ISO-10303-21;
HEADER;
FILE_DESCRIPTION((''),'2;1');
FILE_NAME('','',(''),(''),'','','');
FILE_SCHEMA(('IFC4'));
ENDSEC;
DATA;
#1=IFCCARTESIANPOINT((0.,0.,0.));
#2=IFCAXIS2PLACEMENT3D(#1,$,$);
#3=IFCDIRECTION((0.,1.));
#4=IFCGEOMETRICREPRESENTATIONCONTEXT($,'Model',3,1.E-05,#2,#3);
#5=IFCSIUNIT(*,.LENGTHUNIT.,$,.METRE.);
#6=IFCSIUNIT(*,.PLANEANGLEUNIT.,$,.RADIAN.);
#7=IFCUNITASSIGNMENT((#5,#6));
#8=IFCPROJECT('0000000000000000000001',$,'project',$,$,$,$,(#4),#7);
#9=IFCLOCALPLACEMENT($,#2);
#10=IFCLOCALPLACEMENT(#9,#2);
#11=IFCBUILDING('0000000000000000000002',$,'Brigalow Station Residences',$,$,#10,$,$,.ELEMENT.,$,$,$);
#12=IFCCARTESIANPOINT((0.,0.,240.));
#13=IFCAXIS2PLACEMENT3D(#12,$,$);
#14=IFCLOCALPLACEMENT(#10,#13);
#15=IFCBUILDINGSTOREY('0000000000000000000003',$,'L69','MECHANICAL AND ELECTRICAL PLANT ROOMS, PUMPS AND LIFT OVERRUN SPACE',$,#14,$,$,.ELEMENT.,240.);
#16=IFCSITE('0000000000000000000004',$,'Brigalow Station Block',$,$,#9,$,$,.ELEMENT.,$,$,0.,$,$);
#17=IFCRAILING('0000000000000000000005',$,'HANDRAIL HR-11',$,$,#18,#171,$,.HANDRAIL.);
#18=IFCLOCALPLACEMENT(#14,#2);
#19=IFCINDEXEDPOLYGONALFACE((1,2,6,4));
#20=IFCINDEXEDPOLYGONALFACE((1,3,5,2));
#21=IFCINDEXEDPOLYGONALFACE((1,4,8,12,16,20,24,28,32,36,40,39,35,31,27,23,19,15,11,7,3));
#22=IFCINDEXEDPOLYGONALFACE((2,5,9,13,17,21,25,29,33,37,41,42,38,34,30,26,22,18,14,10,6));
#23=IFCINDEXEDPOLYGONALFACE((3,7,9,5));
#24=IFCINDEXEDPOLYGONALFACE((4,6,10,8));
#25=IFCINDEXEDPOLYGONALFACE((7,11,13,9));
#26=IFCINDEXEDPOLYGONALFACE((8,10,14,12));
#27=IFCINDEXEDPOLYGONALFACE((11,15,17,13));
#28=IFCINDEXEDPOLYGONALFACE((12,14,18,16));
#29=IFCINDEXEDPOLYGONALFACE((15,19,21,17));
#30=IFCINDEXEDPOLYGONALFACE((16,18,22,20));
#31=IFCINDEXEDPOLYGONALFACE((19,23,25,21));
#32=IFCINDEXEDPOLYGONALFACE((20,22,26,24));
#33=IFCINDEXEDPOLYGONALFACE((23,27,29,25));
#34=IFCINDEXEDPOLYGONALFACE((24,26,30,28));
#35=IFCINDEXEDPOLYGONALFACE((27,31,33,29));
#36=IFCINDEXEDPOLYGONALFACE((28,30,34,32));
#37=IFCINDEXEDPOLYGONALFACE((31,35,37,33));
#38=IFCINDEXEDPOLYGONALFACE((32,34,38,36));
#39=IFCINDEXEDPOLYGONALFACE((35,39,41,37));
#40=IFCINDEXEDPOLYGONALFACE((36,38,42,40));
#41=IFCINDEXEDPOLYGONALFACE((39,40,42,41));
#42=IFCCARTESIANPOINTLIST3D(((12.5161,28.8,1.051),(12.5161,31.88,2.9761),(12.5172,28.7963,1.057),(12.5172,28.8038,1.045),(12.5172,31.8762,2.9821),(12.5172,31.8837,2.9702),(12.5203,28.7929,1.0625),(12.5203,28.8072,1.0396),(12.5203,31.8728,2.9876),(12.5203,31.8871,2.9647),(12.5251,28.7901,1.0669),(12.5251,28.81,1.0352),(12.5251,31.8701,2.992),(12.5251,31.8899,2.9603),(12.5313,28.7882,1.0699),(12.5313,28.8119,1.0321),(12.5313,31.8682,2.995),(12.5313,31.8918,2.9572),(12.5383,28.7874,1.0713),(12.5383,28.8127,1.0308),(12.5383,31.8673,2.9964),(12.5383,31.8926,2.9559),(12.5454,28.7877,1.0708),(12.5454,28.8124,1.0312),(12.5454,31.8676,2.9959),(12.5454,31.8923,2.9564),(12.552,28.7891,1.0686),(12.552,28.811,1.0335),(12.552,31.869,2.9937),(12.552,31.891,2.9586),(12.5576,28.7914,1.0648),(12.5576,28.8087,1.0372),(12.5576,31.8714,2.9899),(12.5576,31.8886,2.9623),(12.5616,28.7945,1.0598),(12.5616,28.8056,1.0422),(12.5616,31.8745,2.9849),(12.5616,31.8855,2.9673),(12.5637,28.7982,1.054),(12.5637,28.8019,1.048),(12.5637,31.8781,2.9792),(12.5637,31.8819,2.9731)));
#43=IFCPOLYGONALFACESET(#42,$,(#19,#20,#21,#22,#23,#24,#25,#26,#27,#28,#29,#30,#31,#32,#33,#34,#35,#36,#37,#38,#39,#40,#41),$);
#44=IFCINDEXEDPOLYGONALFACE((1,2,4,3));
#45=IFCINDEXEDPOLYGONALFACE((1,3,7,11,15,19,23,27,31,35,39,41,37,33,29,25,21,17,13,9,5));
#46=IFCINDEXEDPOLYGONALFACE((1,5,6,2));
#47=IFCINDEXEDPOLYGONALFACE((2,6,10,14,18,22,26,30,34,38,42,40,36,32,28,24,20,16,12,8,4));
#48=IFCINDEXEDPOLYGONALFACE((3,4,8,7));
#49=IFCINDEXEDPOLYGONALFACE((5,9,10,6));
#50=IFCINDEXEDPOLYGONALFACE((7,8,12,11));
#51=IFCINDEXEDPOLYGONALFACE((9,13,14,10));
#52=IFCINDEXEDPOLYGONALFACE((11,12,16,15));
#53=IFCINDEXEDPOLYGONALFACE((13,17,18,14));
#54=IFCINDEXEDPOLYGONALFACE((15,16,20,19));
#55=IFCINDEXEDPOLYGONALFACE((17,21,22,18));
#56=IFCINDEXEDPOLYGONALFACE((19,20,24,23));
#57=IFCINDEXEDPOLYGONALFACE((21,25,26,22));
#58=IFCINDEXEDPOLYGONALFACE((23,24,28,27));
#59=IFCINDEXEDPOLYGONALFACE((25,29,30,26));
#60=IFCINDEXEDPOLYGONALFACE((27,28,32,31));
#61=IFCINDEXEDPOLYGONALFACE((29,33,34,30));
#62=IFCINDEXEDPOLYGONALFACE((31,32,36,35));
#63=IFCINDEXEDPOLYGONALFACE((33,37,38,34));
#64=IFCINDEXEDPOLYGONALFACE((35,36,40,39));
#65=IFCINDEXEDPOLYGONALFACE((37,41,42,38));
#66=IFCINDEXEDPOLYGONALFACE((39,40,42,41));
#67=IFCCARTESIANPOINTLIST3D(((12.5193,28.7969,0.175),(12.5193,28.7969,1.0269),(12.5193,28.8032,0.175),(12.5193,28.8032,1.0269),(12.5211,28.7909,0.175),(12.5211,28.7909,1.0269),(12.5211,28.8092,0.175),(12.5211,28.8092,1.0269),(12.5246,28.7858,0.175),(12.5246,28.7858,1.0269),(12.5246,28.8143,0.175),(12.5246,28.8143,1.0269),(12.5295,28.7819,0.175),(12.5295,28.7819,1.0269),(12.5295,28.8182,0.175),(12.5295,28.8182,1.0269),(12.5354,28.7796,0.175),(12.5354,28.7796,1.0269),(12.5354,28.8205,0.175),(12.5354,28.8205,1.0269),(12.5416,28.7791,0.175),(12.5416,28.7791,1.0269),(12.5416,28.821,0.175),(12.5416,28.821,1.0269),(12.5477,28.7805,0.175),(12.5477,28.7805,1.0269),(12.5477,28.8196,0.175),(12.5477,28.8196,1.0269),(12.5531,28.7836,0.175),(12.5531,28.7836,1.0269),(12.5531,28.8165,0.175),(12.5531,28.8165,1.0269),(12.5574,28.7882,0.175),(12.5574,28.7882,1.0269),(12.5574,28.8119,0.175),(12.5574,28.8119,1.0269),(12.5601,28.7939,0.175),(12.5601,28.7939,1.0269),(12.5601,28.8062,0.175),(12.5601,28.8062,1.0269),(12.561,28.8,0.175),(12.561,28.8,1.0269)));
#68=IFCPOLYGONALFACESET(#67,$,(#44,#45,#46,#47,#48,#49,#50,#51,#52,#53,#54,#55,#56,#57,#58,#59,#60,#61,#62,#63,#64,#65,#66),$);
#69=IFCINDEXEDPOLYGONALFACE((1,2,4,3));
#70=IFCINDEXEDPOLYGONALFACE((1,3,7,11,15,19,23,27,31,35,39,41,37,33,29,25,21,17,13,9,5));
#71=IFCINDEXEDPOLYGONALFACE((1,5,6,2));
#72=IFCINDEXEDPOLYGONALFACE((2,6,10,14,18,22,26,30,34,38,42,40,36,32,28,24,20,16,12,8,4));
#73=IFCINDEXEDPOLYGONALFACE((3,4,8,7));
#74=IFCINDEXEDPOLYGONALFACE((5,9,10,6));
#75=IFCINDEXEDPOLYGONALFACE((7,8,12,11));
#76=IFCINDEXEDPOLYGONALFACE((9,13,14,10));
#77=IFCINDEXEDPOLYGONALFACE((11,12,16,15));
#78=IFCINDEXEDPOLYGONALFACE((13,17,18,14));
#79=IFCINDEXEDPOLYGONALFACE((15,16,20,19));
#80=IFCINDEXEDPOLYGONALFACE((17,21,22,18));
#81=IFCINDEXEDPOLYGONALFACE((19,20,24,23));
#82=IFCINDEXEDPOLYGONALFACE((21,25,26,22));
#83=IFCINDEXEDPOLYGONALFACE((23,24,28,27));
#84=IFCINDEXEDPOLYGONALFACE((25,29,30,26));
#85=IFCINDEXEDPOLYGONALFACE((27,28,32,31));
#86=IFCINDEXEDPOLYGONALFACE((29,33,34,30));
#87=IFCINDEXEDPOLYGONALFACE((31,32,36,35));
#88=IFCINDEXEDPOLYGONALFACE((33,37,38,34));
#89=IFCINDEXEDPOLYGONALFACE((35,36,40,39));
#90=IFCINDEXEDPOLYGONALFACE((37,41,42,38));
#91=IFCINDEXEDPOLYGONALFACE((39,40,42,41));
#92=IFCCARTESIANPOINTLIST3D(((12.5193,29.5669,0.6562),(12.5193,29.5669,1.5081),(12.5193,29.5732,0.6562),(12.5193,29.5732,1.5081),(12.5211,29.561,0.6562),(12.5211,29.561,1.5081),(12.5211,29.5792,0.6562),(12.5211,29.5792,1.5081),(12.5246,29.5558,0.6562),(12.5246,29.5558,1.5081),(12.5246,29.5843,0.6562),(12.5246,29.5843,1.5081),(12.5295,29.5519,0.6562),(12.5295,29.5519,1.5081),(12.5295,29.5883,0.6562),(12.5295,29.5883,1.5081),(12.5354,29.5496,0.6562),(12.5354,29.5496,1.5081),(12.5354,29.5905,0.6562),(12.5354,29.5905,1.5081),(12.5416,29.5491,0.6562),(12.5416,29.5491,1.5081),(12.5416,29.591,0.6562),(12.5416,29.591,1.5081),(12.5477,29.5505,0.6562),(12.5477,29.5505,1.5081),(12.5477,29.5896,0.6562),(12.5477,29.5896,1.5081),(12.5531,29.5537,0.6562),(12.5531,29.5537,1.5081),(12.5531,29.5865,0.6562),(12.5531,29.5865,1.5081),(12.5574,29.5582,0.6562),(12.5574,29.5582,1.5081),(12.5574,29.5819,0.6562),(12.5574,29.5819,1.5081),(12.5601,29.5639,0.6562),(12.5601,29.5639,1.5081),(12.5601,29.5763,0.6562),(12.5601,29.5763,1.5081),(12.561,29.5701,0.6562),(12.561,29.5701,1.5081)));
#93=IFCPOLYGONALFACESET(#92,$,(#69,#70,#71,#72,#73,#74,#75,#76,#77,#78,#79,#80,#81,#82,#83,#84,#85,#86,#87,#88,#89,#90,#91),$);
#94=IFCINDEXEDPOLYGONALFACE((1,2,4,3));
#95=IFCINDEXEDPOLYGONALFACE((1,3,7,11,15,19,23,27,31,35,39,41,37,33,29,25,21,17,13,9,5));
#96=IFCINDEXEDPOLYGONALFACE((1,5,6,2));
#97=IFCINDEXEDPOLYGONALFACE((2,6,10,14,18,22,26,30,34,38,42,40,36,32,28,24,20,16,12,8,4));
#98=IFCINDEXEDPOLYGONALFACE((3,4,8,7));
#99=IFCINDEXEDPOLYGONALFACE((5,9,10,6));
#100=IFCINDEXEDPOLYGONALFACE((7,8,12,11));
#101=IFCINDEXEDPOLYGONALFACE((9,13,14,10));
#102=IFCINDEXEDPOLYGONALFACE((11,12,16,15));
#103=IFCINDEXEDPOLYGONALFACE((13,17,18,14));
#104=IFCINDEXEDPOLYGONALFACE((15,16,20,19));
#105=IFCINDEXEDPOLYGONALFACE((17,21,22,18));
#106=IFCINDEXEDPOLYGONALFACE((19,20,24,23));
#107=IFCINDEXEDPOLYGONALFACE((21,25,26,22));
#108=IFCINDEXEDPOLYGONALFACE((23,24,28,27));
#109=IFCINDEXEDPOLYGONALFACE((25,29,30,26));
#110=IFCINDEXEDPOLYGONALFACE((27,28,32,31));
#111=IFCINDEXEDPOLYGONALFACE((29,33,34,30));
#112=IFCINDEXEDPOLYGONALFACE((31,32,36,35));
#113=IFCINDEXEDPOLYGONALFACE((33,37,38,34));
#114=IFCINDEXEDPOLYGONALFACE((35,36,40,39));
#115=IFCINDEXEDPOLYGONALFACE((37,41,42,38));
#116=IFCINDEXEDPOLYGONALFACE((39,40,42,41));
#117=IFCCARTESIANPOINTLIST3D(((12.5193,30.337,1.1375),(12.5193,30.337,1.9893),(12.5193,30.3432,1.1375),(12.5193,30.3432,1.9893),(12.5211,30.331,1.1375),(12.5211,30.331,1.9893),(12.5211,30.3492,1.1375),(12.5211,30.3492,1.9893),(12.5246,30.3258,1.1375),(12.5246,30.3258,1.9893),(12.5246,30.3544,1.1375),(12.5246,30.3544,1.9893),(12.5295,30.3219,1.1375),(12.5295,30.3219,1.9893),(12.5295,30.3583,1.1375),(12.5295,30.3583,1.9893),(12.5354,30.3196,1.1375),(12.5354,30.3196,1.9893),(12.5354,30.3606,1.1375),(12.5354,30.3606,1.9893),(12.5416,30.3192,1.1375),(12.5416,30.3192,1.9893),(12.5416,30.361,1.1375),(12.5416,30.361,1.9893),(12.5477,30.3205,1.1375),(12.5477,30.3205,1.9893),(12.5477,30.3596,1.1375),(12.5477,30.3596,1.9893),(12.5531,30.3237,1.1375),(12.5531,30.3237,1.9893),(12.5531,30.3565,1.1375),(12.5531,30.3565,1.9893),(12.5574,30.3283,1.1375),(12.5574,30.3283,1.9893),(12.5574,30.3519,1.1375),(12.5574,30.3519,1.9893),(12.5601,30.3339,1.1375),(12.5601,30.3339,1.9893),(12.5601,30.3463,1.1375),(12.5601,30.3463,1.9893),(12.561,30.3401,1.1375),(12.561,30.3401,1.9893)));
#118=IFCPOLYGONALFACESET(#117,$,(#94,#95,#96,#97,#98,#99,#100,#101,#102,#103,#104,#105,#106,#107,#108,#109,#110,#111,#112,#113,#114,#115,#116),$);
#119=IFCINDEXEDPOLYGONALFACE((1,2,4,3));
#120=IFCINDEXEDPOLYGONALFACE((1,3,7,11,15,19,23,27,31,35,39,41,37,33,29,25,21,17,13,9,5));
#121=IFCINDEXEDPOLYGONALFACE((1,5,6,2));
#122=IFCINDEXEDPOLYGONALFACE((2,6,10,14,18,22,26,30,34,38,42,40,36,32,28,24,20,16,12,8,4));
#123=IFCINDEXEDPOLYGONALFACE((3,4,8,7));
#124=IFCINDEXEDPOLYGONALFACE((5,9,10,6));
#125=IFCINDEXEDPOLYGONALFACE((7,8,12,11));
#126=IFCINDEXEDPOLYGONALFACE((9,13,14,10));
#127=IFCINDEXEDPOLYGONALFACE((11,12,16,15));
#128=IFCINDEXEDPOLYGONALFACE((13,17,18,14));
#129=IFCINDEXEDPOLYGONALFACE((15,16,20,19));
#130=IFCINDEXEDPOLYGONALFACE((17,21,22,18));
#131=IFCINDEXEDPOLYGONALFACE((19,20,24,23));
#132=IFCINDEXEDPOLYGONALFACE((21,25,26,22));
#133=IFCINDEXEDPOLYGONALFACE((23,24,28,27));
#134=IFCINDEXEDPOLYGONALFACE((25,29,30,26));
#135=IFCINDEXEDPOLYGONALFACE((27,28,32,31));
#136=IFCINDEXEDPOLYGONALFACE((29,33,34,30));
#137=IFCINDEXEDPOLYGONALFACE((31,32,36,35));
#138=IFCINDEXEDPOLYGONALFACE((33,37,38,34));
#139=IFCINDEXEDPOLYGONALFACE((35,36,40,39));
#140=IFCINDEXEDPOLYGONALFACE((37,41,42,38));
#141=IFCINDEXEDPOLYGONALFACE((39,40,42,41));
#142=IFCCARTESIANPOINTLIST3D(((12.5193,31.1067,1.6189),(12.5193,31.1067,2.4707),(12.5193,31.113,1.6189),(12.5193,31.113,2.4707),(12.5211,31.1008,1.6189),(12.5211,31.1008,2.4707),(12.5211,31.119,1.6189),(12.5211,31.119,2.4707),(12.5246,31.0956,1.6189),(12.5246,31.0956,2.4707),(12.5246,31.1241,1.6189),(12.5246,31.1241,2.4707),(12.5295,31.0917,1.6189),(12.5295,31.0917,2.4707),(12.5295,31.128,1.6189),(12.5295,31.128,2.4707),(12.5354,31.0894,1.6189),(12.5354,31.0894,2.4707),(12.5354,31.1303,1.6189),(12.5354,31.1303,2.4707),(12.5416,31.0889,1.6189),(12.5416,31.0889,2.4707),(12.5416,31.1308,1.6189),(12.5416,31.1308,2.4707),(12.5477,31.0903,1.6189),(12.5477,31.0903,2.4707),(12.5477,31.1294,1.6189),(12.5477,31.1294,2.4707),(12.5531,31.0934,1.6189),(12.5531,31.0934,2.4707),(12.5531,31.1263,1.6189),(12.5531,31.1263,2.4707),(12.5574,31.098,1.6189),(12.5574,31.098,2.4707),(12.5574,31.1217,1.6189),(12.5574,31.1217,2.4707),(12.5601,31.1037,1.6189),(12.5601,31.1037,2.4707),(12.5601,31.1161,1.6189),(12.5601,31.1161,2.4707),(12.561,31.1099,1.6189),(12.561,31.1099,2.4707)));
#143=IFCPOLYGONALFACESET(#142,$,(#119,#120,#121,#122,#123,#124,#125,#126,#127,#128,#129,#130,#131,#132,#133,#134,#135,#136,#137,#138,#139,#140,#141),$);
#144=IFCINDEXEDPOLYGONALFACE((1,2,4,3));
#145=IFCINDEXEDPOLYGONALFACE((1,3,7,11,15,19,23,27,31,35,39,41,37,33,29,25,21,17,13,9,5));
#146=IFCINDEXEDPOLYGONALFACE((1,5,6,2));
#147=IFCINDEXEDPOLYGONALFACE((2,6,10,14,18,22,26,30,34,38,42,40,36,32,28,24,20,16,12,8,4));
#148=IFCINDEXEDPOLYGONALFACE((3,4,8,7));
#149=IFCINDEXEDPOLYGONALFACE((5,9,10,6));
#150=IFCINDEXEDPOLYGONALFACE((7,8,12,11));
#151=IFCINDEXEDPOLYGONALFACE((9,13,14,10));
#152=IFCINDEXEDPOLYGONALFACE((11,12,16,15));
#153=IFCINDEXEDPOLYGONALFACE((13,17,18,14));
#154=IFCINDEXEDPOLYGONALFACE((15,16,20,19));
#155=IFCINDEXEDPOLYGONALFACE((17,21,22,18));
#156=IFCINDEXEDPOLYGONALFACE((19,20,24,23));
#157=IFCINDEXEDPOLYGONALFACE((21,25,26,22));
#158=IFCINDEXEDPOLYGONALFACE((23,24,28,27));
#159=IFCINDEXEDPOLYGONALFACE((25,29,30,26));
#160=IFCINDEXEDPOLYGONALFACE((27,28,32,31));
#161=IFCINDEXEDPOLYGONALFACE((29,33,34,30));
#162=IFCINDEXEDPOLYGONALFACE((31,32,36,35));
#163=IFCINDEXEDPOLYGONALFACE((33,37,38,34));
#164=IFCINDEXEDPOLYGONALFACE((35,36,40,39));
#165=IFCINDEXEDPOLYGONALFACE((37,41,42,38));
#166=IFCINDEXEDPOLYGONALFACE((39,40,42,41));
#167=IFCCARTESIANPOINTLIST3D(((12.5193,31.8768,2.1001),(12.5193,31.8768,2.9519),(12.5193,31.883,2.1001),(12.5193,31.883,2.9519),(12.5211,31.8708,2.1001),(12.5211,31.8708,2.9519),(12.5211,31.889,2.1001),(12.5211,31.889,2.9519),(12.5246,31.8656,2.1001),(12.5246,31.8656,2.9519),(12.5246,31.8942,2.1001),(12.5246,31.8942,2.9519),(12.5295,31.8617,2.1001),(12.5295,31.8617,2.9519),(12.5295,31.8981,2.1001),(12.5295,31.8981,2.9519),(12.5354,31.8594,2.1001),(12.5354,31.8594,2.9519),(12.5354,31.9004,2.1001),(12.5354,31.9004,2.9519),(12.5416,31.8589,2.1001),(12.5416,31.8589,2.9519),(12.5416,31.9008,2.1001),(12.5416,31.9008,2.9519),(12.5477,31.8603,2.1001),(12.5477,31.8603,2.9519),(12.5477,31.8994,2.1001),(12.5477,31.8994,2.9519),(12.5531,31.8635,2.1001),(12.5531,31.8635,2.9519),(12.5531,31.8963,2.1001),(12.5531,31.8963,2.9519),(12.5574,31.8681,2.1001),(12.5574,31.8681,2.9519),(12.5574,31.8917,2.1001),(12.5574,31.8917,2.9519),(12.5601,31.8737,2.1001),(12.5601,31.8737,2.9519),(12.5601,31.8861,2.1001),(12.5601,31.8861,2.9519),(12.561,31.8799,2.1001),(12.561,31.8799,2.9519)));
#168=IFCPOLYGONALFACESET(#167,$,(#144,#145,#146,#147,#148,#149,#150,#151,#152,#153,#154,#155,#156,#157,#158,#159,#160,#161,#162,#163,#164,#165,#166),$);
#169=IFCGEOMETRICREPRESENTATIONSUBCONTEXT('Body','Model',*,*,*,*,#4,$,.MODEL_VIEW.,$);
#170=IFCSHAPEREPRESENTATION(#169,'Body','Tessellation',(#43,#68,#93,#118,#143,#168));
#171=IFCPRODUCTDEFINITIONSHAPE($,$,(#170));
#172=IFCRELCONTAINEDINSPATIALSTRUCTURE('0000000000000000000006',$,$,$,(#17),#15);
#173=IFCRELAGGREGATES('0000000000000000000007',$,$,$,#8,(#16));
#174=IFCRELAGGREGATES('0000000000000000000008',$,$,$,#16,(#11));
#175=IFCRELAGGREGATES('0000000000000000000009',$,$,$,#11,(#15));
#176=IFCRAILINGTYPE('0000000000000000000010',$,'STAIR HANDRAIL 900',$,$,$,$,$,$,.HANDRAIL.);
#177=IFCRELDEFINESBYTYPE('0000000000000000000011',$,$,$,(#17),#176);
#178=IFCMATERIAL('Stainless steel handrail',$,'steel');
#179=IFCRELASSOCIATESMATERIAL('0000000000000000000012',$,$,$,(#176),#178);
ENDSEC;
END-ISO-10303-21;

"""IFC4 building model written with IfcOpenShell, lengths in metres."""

from ifc_helpers import new_model, si_unit, direction, frame, origin, origin_2d, place, context, subcontext, project, spatial, circle, extrude, material, type_object, element, save


model = new_model("IFC4")

# Units and contexts
model_context = context("Model", 3, precision=1e-05, world=origin(), true_north=direction((0.0, 1.0)))
body_context = subcontext(model_context, "Body", "Model", "MODEL_VIEW")
ifc_project = project(units=[si_unit("LENGTHUNIT", "METRE"), si_unit("PLANEANGLEUNIT", "RADIAN")], contexts=[model_context])

# Site, building, storey
site_placement = place(None, origin())
site = spatial("IfcSite", under=ifc_project, at=site_placement, Name="Brigalow Station Block", CompositionType="ELEMENT", RefElevation=0.0)
building_placement = place(site_placement, origin())
building = spatial("IfcBuilding", under=site, at=building_placement, Name="Brigalow Station Residences", CompositionType="ELEMENT")
storey_placement = place(building_placement, frame((0.0, 0.0, 240.0)))
storey = spatial("IfcBuildingStorey", under=building, at=storey_placement, Name="L69", Description="MECHANICAL AND ELECTRICAL PLANT ROOMS, PUMPS AND LIFT OVERRUN SPACE", CompositionType="ELEMENT", Elevation=240.0)

# Railing
ifc_material_1 = material(Name="Stainless steel handrail", Category="steel")
railing_type_1 = type_object("IfcRailingType", Name="STAIR HANDRAIL 900", PredefinedType="HANDRAIL", material=ifc_material_1)
railing_1_placement = place(storey_placement, frame((12.54, 28.8, 0.175)))
element("IfcRailing", 1, at=railing_1_placement, inside=storey, type_object=railing_type_1, Name="HANDRAIL HR-11", PredefinedType="HANDRAIL", context=body_context, shape_type="SweptSolid", body=[
    extrude(circle(Radius=0.0239, at=origin_2d()), frame((0.0, 0.0, 0.876), z_axis=(0.0, 0.847979, 0.530029), x_axis=(-1.0, 0.0, 0.0)), (0.0, 0.0, 1.0), 3.6321),
    extrude(circle(Radius=0.021, at=origin_2d()), origin(), (0.0, 0.0, 1.0), 0.8518),
    extrude(circle(Radius=0.021, at=origin_2d()), frame((0.0, 0.77, 0.4812)), (0.0, 0.0, 1.0), 0.8518),
    extrude(circle(Radius=0.021, at=origin_2d()), frame((0.0, 1.54, 0.9624)), (0.0, 0.0, 1.0), 0.8518),
    extrude(circle(Radius=0.021, at=origin_2d()), frame((0.0, 2.3098, 1.4438)), (0.0, 0.0, 1.0), 0.8518),
    extrude(circle(Radius=0.021, at=origin_2d()), frame((0.0, 3.0798, 1.925)), (0.0, 0.0, 1.0), 0.8518),
])

save(model, "model.ifc")
